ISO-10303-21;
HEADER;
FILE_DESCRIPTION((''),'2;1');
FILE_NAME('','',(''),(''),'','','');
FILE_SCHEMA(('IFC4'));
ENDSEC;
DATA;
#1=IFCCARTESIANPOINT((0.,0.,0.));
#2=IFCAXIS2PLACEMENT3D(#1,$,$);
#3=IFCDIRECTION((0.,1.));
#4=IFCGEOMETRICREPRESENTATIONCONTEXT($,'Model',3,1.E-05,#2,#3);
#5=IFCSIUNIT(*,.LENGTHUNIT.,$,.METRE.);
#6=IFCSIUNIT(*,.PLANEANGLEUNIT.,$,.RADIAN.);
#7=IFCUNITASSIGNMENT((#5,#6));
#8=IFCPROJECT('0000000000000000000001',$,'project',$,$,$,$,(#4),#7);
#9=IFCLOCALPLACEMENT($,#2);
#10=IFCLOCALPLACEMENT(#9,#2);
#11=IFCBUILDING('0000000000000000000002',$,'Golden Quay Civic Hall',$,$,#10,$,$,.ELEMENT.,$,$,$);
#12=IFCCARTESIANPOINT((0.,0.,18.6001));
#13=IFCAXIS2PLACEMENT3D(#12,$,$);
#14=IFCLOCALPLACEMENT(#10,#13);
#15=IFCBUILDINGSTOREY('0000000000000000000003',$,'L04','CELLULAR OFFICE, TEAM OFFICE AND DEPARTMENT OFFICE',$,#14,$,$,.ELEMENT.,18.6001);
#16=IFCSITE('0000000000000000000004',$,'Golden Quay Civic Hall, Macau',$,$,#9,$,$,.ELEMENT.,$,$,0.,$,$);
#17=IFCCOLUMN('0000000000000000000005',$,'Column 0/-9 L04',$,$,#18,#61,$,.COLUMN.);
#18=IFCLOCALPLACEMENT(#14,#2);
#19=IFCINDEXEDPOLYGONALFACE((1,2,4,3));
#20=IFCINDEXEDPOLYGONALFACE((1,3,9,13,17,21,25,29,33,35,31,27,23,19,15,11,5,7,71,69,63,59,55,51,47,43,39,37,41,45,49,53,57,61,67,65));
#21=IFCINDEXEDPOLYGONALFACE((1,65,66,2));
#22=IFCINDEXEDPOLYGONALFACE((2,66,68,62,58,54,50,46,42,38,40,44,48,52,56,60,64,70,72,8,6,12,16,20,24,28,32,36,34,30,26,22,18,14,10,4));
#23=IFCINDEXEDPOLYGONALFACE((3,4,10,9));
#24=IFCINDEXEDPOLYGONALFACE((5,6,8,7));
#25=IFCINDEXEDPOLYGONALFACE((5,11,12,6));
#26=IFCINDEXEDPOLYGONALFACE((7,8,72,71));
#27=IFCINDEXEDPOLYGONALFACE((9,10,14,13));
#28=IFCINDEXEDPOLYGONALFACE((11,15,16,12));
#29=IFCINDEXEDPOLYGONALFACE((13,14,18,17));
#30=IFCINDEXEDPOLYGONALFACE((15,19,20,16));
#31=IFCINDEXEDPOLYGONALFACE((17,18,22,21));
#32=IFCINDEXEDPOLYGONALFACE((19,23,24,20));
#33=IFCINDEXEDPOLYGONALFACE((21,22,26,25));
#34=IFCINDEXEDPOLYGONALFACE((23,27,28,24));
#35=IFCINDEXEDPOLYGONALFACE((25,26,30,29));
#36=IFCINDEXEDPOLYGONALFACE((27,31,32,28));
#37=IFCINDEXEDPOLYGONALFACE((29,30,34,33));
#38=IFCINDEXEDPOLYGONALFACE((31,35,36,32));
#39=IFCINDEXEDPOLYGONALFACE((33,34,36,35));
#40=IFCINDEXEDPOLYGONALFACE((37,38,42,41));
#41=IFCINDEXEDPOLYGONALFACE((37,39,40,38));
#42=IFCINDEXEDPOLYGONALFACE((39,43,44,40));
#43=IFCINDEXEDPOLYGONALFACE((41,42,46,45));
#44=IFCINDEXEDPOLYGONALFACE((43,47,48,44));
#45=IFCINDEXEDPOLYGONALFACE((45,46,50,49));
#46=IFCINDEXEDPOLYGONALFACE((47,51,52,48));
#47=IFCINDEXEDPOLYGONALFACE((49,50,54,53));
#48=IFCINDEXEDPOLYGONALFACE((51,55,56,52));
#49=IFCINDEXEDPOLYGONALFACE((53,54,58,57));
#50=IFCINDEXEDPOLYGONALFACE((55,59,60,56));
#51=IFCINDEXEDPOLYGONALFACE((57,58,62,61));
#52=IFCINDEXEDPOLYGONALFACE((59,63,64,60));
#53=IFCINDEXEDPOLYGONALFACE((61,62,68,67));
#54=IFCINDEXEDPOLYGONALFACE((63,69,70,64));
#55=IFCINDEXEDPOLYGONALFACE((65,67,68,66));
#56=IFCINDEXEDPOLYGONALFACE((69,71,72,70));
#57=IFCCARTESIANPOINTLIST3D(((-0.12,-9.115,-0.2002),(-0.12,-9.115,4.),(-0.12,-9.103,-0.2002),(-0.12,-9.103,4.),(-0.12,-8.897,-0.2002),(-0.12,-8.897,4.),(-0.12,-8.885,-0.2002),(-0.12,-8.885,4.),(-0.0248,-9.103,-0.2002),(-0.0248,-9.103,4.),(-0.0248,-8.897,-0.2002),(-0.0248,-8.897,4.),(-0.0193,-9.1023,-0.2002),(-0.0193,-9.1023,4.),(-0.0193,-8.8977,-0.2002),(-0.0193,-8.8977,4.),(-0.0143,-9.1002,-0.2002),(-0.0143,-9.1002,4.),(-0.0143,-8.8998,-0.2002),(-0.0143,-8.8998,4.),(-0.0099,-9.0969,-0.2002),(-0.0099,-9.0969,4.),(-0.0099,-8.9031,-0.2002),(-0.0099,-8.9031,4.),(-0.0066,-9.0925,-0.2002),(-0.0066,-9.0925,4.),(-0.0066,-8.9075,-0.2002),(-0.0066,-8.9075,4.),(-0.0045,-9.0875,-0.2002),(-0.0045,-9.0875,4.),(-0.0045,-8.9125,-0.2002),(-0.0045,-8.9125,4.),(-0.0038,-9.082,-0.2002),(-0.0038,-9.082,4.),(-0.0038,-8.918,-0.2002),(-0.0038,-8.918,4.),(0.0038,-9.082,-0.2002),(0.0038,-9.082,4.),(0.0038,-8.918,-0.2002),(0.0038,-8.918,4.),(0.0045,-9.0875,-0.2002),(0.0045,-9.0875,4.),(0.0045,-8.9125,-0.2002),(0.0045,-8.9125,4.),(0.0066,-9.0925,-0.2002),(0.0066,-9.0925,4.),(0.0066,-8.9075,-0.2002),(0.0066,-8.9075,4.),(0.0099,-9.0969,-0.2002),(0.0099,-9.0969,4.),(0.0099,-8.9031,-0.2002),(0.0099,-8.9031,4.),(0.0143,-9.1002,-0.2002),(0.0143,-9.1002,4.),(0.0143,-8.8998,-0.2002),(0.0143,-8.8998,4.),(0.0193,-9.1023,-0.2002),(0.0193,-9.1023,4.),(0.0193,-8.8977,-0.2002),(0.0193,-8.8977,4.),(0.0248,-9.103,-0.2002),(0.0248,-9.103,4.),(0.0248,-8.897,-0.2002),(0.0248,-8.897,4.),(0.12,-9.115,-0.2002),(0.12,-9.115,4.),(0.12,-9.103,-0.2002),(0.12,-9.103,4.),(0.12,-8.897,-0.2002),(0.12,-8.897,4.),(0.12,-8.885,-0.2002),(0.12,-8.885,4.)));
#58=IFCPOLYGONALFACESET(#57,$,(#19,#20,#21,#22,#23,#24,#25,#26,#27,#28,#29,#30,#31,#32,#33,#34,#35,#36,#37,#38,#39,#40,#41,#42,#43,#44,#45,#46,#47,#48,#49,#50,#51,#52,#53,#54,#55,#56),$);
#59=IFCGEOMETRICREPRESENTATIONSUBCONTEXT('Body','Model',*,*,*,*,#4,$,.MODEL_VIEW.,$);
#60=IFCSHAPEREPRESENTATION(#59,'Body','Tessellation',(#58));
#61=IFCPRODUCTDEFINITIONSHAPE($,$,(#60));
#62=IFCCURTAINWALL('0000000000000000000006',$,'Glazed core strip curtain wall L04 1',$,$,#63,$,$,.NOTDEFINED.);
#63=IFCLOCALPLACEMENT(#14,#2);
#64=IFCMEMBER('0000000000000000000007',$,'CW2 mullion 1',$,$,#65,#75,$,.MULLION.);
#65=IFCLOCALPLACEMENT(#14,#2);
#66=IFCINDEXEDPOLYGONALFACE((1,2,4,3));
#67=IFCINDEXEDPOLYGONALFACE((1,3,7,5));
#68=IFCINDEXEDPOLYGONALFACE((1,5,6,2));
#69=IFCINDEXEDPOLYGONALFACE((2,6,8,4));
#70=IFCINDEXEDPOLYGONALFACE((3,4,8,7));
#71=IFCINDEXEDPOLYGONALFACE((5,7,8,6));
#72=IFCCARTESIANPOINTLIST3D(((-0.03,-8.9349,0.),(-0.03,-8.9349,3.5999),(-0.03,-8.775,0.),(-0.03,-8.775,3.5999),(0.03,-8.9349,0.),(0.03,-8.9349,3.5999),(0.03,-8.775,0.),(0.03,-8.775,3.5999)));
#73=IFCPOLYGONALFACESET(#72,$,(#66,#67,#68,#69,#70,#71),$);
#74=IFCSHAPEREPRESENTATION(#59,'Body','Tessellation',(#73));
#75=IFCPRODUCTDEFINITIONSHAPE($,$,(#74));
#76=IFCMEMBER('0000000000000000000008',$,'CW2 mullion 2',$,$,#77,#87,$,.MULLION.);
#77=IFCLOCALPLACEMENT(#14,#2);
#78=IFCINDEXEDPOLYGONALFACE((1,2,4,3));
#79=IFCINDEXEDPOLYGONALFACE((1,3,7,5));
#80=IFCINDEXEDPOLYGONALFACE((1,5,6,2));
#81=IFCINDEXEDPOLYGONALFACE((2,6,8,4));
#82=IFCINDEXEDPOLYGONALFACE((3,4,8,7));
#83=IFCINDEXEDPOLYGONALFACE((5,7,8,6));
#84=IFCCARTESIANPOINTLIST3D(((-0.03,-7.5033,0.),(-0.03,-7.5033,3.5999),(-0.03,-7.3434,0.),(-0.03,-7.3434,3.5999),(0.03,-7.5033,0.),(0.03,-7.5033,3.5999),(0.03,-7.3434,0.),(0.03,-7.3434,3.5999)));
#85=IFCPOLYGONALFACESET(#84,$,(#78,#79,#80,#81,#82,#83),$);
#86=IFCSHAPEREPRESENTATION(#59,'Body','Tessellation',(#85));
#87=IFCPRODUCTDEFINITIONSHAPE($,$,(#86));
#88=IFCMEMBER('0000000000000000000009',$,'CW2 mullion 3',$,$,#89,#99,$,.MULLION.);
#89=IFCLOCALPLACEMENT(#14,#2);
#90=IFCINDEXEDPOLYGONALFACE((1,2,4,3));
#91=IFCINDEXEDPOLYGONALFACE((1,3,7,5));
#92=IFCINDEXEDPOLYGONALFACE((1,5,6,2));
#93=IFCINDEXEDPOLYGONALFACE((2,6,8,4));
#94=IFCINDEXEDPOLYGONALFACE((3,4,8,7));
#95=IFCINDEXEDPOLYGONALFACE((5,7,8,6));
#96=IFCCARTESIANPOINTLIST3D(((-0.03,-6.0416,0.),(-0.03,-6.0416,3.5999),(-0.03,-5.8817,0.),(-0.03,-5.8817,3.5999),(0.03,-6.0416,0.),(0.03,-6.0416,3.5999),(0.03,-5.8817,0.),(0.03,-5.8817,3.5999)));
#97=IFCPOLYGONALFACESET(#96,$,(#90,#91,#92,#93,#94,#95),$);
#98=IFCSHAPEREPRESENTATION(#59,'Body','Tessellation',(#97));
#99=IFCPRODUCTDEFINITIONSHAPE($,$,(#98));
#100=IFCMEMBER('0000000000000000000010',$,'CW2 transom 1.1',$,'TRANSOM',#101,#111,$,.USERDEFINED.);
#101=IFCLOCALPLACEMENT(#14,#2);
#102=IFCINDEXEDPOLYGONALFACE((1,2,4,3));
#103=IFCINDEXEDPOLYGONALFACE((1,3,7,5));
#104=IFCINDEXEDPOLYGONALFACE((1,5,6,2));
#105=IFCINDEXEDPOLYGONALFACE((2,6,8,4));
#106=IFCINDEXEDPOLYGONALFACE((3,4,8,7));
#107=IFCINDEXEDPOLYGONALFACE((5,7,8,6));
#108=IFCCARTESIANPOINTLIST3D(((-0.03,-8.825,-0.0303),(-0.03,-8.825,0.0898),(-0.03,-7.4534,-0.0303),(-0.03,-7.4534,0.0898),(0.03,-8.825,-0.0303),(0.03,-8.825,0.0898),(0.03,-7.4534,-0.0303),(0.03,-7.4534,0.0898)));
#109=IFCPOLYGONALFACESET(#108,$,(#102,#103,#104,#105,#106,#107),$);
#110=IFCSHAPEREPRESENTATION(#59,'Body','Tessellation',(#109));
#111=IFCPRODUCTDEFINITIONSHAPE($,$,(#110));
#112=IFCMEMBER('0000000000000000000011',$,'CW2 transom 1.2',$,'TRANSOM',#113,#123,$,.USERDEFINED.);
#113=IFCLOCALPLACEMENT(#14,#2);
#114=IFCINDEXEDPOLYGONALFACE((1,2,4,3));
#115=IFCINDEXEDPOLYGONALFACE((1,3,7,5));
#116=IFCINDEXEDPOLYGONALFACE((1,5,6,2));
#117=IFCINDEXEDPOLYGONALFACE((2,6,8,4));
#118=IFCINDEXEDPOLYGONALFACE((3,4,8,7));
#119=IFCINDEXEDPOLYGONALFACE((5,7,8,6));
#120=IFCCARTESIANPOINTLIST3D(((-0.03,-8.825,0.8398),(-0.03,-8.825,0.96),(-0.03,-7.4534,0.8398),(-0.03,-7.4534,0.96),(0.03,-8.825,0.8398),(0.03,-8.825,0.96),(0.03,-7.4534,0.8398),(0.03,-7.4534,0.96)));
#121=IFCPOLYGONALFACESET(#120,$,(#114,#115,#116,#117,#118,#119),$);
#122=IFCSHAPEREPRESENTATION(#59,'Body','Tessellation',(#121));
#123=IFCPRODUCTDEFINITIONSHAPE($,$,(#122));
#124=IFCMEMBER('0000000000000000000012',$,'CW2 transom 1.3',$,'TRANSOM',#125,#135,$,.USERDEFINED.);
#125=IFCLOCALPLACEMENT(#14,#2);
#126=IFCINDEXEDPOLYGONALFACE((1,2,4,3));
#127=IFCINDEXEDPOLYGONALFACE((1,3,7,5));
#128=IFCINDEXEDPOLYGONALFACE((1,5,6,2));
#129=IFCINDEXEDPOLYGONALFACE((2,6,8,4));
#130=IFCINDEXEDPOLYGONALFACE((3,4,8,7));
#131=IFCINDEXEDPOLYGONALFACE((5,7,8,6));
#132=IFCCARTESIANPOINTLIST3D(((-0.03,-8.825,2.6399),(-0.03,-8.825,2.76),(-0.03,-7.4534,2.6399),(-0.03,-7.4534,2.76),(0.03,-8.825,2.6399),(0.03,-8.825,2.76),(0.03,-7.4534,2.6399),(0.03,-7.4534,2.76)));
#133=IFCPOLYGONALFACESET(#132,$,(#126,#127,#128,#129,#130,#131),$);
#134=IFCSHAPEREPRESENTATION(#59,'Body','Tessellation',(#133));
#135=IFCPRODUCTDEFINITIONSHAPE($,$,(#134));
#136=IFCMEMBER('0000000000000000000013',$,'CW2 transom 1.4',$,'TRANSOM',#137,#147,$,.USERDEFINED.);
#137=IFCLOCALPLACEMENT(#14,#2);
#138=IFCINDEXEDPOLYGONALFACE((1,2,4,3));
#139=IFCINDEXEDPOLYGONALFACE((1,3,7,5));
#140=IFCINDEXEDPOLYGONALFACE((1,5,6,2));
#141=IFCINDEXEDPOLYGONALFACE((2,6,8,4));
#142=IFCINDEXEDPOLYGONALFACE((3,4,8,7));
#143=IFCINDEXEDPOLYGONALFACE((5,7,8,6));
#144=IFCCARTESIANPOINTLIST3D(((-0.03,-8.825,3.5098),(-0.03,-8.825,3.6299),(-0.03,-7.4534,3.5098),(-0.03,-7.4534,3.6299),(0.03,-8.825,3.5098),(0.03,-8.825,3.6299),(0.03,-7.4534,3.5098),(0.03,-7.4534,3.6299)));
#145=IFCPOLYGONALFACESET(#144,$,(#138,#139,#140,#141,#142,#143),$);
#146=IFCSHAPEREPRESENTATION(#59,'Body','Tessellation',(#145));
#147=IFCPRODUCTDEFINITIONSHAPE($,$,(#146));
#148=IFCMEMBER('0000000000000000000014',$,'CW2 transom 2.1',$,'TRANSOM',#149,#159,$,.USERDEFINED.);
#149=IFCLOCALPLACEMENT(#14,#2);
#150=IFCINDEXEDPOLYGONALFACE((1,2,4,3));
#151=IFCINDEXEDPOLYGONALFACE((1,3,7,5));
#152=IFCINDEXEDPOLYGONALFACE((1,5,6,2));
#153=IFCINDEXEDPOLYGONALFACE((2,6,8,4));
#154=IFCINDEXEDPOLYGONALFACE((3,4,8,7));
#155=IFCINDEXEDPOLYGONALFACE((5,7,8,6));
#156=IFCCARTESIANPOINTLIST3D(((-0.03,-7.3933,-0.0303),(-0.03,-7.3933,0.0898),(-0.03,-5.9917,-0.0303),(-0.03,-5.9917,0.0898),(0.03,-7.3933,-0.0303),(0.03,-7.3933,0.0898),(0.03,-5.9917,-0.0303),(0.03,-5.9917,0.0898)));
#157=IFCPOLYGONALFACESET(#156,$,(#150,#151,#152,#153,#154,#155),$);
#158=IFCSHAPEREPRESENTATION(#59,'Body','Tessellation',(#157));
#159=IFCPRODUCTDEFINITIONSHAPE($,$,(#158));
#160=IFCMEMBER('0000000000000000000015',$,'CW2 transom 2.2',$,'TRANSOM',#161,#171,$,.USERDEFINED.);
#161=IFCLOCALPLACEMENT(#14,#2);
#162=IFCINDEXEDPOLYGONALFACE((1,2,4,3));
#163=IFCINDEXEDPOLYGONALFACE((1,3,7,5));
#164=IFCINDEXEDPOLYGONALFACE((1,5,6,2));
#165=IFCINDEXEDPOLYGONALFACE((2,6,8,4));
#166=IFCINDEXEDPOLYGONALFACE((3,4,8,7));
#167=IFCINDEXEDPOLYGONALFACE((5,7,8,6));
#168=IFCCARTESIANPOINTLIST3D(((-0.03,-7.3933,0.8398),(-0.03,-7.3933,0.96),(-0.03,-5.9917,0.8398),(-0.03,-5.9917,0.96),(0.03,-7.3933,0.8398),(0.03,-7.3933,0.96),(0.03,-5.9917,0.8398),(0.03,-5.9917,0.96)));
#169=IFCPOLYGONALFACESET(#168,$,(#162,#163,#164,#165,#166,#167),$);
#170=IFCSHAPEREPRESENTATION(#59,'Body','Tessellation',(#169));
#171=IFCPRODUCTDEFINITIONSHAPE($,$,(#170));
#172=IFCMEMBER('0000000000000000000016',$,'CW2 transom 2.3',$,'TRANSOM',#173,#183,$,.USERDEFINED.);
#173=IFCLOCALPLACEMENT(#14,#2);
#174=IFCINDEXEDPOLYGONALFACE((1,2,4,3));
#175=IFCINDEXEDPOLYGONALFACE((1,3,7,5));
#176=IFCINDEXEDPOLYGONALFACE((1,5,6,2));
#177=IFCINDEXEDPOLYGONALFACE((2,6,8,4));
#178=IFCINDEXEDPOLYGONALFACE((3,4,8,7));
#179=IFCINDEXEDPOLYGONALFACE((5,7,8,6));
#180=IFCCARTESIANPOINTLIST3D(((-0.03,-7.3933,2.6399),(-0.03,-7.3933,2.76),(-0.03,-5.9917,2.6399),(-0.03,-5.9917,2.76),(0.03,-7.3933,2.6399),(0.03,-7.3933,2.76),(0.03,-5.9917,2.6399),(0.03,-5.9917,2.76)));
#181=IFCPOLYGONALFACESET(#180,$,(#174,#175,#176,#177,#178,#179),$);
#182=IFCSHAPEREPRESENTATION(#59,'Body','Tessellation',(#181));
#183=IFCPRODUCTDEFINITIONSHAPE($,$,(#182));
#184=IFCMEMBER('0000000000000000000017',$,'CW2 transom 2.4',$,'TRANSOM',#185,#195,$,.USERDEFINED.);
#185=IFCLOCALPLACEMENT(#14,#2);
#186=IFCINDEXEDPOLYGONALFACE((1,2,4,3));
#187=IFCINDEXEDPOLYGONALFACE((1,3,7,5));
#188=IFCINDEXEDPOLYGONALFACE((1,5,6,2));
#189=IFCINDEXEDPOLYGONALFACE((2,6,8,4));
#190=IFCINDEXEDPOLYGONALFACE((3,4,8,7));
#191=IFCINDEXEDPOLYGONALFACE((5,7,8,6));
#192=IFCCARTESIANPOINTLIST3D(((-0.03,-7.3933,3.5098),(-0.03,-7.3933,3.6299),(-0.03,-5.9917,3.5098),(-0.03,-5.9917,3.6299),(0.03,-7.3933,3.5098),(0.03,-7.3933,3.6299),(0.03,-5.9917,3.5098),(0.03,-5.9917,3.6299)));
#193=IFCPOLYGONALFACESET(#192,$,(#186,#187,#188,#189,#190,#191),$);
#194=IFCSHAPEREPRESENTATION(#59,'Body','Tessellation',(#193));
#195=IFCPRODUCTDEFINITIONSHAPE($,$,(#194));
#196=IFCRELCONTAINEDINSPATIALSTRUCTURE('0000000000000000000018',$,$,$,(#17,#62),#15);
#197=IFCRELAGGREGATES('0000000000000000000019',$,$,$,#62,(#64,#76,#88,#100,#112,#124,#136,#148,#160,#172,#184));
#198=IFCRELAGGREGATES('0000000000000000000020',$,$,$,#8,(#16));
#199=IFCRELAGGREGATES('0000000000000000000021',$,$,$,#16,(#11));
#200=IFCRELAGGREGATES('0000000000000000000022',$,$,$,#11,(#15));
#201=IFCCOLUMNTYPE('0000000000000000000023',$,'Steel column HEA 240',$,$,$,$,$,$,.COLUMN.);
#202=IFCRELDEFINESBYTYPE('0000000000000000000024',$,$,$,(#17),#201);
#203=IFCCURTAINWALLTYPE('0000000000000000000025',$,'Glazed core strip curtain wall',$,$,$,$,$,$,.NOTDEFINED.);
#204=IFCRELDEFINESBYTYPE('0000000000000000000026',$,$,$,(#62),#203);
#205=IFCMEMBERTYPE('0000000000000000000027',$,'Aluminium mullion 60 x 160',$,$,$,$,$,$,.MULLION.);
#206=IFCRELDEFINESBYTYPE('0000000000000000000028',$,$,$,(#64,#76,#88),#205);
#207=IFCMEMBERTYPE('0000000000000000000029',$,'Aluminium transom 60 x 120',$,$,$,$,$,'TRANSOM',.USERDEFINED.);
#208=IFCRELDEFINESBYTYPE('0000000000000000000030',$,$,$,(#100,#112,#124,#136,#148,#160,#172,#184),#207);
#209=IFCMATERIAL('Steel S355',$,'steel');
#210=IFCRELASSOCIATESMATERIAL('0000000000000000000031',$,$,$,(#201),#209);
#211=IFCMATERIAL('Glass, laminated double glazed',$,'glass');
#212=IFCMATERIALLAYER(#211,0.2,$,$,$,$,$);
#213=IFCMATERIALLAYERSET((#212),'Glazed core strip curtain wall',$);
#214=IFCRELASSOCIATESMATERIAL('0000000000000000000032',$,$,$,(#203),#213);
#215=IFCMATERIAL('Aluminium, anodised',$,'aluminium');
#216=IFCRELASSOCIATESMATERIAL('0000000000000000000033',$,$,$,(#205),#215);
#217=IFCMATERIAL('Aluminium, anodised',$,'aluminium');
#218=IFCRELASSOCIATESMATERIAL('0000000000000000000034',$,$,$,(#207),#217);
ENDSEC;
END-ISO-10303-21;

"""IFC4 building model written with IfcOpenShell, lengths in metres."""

from ifc_helpers import new_model, si_unit, direction, frame, origin, origin_2d, place, context, subcontext, project, spatial, rectangle, i_section, extrude, material, layer, layer_set, material_profile, profile_set, type_object, element, aggregate, save


model = new_model("IFC4")

# Units and contexts
model_context = context("Model", 3, precision=1e-05, world=origin(), true_north=direction((0.0, 1.0)))
body_context = subcontext(model_context, "Body", "Model", "MODEL_VIEW")
ifc_project = project(units=[si_unit("LENGTHUNIT", "METRE"), si_unit("PLANEANGLEUNIT", "RADIAN")], contexts=[model_context])

# Site, building, storey
site_placement = place(None, origin())
site = spatial("IfcSite", under=ifc_project, at=site_placement, Name="Golden Quay Civic Hall, Macau", CompositionType="ELEMENT", RefElevation=0.0)
building_placement = place(site_placement, origin())
building = spatial("IfcBuilding", under=site, at=building_placement, Name="Golden Quay Civic Hall", CompositionType="ELEMENT")
storey_placement = place(building_placement, frame((0.0, 0.0, 18.6001)))
storey = spatial("IfcBuildingStorey", under=building, at=storey_placement, Name="L04", Description="CELLULAR OFFICE, TEAM OFFICE AND DEPARTMENT OFFICE", CompositionType="ELEMENT", Elevation=18.6001)

# Column
ifc_material_1 = material(Name="Steel S355", Category="steel")
ifc_material_profile_1 = material_profile(ifc_material_1, i_section(OverallWidth=0.24, OverallDepth=0.23, WebThickness=0.0076, FlangeThickness=0.012, FilletRadius=0.021, at=origin_2d()), Name="HEA 240")
ifc_profile_set_1 = profile_set([ifc_material_profile_1], Name="Steel S355")
column_type = type_object("IfcColumnType", Name="Steel column HEA 240", PredefinedType="COLUMN", material=ifc_profile_set_1)
column_placement = place(storey_placement, frame((0.0, -9.0, -0.2002), z_axis=(0.0, 0.0, 1.0), x_axis=(1.0, 0.0, 0.0)))
element("IfcColumn", 1, at=column_placement, inside=storey, type_object=column_type, Name="Column 0/-9 L04", PredefinedType="COLUMN", context=body_context, shape_type="SweptSolid", body=[
    extrude(i_section(OverallWidth=0.24, OverallDepth=0.23, WebThickness=0.0076, FlangeThickness=0.012, FilletRadius=0.021, at=origin_2d()), origin(), (0.0, 0.0, 1.0), 4.2002),
])

# Curtain wall, members
ifc_material_2 = material(Name="Glass, laminated double glazed", Category="glass")
ifc_layer_1 = layer(ifc_material_2, 0.2)
ifc_layer_set_1 = layer_set([ifc_layer_1], Name="Glazed core strip curtain wall")
curtain_wall_type = type_object("IfcCurtainWallType", Name="Glazed core strip curtain wall", PredefinedType="NOTDEFINED", material=ifc_layer_set_1)
curtain_wall_placement = place(storey_placement, origin())
curtain_wall = element("IfcCurtainWall", 2, at=curtain_wall_placement, inside=storey, type_object=curtain_wall_type, Name="Glazed core strip curtain wall L04 1", PredefinedType="NOTDEFINED")
ifc_material_3 = material(Name="Aluminium, anodised", Category="aluminium")
ifc_material_profile_2 = material_profile(ifc_material_3, rectangle(XDim=0.0601, YDim=0.1599, at=origin_2d()), Name="Aluminium 60 x 160")
ifc_profile_set_2 = profile_set([ifc_material_profile_2], Name="Aluminium, anodised")
member_type_1 = type_object("IfcMemberType", Name="Aluminium mullion 60 x 160", PredefinedType="MULLION", material=ifc_profile_set_2)
member_1_placement = place(storey_placement, frame((0.0, -8.855, 0.0), z_axis=(0.0, 0.0, 1.0), x_axis=(-1.0, 0.0, 0.0)))
member_1 = element("IfcMember", 3, at=member_1_placement, type_object=member_type_1, Name="CW2 mullion 1", PredefinedType="MULLION", context=body_context, shape_type="SweptSolid", body=[
    extrude(rectangle(XDim=0.0601, YDim=0.1599, at=origin_2d()), origin(), (0.0, 0.0, 1.0), 3.5999),
])
member_2_placement = place(storey_placement, frame((0.0, -7.4233, 0.0), z_axis=(0.0, 0.0, 1.0), x_axis=(-1.0, 0.0, 0.0)))
member_2 = element("IfcMember", 4, at=member_2_placement, type_object=member_type_1, Name="CW2 mullion 2", PredefinedType="MULLION", context=body_context, shape_type="SweptSolid", body=[
    extrude(rectangle(XDim=0.0601, YDim=0.1599, at=origin_2d()), origin(), (0.0, 0.0, 1.0), 3.5999),
])
member_3_placement = place(storey_placement, frame((0.0, -5.9617, 0.0), z_axis=(0.0, 0.0, 1.0), x_axis=(-1.0, 0.0, 0.0)))
member_3 = element("IfcMember", 5, at=member_3_placement, type_object=member_type_1, Name="CW2 mullion 3", PredefinedType="MULLION", context=body_context, shape_type="SweptSolid", body=[
    extrude(rectangle(XDim=0.0601, YDim=0.1599, at=origin_2d()), origin(), (0.0, 0.0, 1.0), 3.5999),
])
ifc_material_4 = material(Name="Aluminium, anodised", Category="aluminium")
ifc_material_profile_3 = material_profile(ifc_material_4, rectangle(XDim=0.0601, YDim=0.1201, at=origin_2d()), Name="Aluminium 60 x 120")
ifc_profile_set_3 = profile_set([ifc_material_profile_3], Name="Aluminium, anodised")
member_type_2 = type_object("IfcMemberType", Name="Aluminium transom 60 x 120", ElementType="TRANSOM", PredefinedType="USERDEFINED", material=ifc_profile_set_3)
member_4_placement = place(storey_placement, frame((0.0, -8.825, 0.0298), z_axis=(0.0, 1.0, 0.0), x_axis=(-1.0, 0.0, 0.0)))
member_4 = element("IfcMember", 6, at=member_4_placement, type_object=member_type_2, Name="CW2 transom 1.1", ObjectType="TRANSOM", PredefinedType="USERDEFINED", context=body_context, shape_type="SweptSolid", body=[
    extrude(rectangle(XDim=0.0601, YDim=0.1201, at=origin_2d()), origin(), (0.0, 0.0, 1.0), 1.3716),
])
member_5_placement = place(storey_placement, frame((0.0, -8.825, 0.8999), z_axis=(0.0, 1.0, 0.0), x_axis=(-1.0, 0.0, 0.0)))
member_5 = element("IfcMember", 7, at=member_5_placement, type_object=member_type_2, Name="CW2 transom 1.2", ObjectType="TRANSOM", PredefinedType="USERDEFINED", context=body_context, shape_type="SweptSolid", body=[
    extrude(rectangle(XDim=0.0601, YDim=0.1201, at=origin_2d()), origin(), (0.0, 0.0, 1.0), 1.3716),
])
member_6_placement = place(storey_placement, frame((0.0, -8.825, 2.7), z_axis=(0.0, 1.0, 0.0), x_axis=(-1.0, 0.0, 0.0)))
member_6 = element("IfcMember", 8, at=member_6_placement, type_object=member_type_2, Name="CW2 transom 1.3", ObjectType="TRANSOM", PredefinedType="USERDEFINED", context=body_context, shape_type="SweptSolid", body=[
    extrude(rectangle(XDim=0.0601, YDim=0.1201, at=origin_2d()), origin(), (0.0, 0.0, 1.0), 1.3716),
])
member_7_placement = place(storey_placement, frame((0.0, -8.825, 3.5698), z_axis=(0.0, 1.0, 0.0), x_axis=(-1.0, 0.0, 0.0)))
member_7 = element("IfcMember", 9, at=member_7_placement, type_object=member_type_2, Name="CW2 transom 1.4", ObjectType="TRANSOM", PredefinedType="USERDEFINED", context=body_context, shape_type="SweptSolid", body=[
    extrude(rectangle(XDim=0.0601, YDim=0.1201, at=origin_2d()), origin(), (0.0, 0.0, 1.0), 1.3716),
])
member_8_placement = place(storey_placement, frame((0.0, -7.3933, 0.0298), z_axis=(0.0, 1.0, 0.0), x_axis=(-1.0, 0.0, 0.0)))
member_8 = element("IfcMember", 10, at=member_8_placement, type_object=member_type_2, Name="CW2 transom 2.1", ObjectType="TRANSOM", PredefinedType="USERDEFINED", context=body_context, shape_type="SweptSolid", body=[
    extrude(rectangle(XDim=0.0601, YDim=0.1201, at=origin_2d()), origin(), (0.0, 0.0, 1.0), 1.4016),
])
member_9_placement = place(storey_placement, frame((0.0, -7.3933, 0.8999), z_axis=(0.0, 1.0, 0.0), x_axis=(-1.0, 0.0, 0.0)))
member_9 = element("IfcMember", 11, at=member_9_placement, type_object=member_type_2, Name="CW2 transom 2.2", ObjectType="TRANSOM", PredefinedType="USERDEFINED", context=body_context, shape_type="SweptSolid", body=[
    extrude(rectangle(XDim=0.0601, YDim=0.1201, at=origin_2d()), origin(), (0.0, 0.0, 1.0), 1.4016),
])
member_10_placement = place(storey_placement, frame((0.0, -7.3933, 2.7), z_axis=(0.0, 1.0, 0.0), x_axis=(-1.0, 0.0, 0.0)))
member_10 = element("IfcMember", 12, at=member_10_placement, type_object=member_type_2, Name="CW2 transom 2.3", ObjectType="TRANSOM", PredefinedType="USERDEFINED", context=body_context, shape_type="SweptSolid", body=[
    extrude(rectangle(XDim=0.0601, YDim=0.1201, at=origin_2d()), origin(), (0.0, 0.0, 1.0), 1.4016),
])
member_11_placement = place(storey_placement, frame((0.0, -7.3933, 3.5698), z_axis=(0.0, 1.0, 0.0), x_axis=(-1.0, 0.0, 0.0)))
member_11 = element("IfcMember", 13, at=member_11_placement, type_object=member_type_2, Name="CW2 transom 2.4", ObjectType="TRANSOM", PredefinedType="USERDEFINED", context=body_context, shape_type="SweptSolid", body=[
    extrude(rectangle(XDim=0.0601, YDim=0.1201, at=origin_2d()), origin(), (0.0, 0.0, 1.0), 1.4016),
])

aggregate(curtain_wall, [member_1, member_2, member_3, member_4, member_5, member_6, member_7, member_8, member_9, member_10, member_11])

save(model, "model.ifc")
